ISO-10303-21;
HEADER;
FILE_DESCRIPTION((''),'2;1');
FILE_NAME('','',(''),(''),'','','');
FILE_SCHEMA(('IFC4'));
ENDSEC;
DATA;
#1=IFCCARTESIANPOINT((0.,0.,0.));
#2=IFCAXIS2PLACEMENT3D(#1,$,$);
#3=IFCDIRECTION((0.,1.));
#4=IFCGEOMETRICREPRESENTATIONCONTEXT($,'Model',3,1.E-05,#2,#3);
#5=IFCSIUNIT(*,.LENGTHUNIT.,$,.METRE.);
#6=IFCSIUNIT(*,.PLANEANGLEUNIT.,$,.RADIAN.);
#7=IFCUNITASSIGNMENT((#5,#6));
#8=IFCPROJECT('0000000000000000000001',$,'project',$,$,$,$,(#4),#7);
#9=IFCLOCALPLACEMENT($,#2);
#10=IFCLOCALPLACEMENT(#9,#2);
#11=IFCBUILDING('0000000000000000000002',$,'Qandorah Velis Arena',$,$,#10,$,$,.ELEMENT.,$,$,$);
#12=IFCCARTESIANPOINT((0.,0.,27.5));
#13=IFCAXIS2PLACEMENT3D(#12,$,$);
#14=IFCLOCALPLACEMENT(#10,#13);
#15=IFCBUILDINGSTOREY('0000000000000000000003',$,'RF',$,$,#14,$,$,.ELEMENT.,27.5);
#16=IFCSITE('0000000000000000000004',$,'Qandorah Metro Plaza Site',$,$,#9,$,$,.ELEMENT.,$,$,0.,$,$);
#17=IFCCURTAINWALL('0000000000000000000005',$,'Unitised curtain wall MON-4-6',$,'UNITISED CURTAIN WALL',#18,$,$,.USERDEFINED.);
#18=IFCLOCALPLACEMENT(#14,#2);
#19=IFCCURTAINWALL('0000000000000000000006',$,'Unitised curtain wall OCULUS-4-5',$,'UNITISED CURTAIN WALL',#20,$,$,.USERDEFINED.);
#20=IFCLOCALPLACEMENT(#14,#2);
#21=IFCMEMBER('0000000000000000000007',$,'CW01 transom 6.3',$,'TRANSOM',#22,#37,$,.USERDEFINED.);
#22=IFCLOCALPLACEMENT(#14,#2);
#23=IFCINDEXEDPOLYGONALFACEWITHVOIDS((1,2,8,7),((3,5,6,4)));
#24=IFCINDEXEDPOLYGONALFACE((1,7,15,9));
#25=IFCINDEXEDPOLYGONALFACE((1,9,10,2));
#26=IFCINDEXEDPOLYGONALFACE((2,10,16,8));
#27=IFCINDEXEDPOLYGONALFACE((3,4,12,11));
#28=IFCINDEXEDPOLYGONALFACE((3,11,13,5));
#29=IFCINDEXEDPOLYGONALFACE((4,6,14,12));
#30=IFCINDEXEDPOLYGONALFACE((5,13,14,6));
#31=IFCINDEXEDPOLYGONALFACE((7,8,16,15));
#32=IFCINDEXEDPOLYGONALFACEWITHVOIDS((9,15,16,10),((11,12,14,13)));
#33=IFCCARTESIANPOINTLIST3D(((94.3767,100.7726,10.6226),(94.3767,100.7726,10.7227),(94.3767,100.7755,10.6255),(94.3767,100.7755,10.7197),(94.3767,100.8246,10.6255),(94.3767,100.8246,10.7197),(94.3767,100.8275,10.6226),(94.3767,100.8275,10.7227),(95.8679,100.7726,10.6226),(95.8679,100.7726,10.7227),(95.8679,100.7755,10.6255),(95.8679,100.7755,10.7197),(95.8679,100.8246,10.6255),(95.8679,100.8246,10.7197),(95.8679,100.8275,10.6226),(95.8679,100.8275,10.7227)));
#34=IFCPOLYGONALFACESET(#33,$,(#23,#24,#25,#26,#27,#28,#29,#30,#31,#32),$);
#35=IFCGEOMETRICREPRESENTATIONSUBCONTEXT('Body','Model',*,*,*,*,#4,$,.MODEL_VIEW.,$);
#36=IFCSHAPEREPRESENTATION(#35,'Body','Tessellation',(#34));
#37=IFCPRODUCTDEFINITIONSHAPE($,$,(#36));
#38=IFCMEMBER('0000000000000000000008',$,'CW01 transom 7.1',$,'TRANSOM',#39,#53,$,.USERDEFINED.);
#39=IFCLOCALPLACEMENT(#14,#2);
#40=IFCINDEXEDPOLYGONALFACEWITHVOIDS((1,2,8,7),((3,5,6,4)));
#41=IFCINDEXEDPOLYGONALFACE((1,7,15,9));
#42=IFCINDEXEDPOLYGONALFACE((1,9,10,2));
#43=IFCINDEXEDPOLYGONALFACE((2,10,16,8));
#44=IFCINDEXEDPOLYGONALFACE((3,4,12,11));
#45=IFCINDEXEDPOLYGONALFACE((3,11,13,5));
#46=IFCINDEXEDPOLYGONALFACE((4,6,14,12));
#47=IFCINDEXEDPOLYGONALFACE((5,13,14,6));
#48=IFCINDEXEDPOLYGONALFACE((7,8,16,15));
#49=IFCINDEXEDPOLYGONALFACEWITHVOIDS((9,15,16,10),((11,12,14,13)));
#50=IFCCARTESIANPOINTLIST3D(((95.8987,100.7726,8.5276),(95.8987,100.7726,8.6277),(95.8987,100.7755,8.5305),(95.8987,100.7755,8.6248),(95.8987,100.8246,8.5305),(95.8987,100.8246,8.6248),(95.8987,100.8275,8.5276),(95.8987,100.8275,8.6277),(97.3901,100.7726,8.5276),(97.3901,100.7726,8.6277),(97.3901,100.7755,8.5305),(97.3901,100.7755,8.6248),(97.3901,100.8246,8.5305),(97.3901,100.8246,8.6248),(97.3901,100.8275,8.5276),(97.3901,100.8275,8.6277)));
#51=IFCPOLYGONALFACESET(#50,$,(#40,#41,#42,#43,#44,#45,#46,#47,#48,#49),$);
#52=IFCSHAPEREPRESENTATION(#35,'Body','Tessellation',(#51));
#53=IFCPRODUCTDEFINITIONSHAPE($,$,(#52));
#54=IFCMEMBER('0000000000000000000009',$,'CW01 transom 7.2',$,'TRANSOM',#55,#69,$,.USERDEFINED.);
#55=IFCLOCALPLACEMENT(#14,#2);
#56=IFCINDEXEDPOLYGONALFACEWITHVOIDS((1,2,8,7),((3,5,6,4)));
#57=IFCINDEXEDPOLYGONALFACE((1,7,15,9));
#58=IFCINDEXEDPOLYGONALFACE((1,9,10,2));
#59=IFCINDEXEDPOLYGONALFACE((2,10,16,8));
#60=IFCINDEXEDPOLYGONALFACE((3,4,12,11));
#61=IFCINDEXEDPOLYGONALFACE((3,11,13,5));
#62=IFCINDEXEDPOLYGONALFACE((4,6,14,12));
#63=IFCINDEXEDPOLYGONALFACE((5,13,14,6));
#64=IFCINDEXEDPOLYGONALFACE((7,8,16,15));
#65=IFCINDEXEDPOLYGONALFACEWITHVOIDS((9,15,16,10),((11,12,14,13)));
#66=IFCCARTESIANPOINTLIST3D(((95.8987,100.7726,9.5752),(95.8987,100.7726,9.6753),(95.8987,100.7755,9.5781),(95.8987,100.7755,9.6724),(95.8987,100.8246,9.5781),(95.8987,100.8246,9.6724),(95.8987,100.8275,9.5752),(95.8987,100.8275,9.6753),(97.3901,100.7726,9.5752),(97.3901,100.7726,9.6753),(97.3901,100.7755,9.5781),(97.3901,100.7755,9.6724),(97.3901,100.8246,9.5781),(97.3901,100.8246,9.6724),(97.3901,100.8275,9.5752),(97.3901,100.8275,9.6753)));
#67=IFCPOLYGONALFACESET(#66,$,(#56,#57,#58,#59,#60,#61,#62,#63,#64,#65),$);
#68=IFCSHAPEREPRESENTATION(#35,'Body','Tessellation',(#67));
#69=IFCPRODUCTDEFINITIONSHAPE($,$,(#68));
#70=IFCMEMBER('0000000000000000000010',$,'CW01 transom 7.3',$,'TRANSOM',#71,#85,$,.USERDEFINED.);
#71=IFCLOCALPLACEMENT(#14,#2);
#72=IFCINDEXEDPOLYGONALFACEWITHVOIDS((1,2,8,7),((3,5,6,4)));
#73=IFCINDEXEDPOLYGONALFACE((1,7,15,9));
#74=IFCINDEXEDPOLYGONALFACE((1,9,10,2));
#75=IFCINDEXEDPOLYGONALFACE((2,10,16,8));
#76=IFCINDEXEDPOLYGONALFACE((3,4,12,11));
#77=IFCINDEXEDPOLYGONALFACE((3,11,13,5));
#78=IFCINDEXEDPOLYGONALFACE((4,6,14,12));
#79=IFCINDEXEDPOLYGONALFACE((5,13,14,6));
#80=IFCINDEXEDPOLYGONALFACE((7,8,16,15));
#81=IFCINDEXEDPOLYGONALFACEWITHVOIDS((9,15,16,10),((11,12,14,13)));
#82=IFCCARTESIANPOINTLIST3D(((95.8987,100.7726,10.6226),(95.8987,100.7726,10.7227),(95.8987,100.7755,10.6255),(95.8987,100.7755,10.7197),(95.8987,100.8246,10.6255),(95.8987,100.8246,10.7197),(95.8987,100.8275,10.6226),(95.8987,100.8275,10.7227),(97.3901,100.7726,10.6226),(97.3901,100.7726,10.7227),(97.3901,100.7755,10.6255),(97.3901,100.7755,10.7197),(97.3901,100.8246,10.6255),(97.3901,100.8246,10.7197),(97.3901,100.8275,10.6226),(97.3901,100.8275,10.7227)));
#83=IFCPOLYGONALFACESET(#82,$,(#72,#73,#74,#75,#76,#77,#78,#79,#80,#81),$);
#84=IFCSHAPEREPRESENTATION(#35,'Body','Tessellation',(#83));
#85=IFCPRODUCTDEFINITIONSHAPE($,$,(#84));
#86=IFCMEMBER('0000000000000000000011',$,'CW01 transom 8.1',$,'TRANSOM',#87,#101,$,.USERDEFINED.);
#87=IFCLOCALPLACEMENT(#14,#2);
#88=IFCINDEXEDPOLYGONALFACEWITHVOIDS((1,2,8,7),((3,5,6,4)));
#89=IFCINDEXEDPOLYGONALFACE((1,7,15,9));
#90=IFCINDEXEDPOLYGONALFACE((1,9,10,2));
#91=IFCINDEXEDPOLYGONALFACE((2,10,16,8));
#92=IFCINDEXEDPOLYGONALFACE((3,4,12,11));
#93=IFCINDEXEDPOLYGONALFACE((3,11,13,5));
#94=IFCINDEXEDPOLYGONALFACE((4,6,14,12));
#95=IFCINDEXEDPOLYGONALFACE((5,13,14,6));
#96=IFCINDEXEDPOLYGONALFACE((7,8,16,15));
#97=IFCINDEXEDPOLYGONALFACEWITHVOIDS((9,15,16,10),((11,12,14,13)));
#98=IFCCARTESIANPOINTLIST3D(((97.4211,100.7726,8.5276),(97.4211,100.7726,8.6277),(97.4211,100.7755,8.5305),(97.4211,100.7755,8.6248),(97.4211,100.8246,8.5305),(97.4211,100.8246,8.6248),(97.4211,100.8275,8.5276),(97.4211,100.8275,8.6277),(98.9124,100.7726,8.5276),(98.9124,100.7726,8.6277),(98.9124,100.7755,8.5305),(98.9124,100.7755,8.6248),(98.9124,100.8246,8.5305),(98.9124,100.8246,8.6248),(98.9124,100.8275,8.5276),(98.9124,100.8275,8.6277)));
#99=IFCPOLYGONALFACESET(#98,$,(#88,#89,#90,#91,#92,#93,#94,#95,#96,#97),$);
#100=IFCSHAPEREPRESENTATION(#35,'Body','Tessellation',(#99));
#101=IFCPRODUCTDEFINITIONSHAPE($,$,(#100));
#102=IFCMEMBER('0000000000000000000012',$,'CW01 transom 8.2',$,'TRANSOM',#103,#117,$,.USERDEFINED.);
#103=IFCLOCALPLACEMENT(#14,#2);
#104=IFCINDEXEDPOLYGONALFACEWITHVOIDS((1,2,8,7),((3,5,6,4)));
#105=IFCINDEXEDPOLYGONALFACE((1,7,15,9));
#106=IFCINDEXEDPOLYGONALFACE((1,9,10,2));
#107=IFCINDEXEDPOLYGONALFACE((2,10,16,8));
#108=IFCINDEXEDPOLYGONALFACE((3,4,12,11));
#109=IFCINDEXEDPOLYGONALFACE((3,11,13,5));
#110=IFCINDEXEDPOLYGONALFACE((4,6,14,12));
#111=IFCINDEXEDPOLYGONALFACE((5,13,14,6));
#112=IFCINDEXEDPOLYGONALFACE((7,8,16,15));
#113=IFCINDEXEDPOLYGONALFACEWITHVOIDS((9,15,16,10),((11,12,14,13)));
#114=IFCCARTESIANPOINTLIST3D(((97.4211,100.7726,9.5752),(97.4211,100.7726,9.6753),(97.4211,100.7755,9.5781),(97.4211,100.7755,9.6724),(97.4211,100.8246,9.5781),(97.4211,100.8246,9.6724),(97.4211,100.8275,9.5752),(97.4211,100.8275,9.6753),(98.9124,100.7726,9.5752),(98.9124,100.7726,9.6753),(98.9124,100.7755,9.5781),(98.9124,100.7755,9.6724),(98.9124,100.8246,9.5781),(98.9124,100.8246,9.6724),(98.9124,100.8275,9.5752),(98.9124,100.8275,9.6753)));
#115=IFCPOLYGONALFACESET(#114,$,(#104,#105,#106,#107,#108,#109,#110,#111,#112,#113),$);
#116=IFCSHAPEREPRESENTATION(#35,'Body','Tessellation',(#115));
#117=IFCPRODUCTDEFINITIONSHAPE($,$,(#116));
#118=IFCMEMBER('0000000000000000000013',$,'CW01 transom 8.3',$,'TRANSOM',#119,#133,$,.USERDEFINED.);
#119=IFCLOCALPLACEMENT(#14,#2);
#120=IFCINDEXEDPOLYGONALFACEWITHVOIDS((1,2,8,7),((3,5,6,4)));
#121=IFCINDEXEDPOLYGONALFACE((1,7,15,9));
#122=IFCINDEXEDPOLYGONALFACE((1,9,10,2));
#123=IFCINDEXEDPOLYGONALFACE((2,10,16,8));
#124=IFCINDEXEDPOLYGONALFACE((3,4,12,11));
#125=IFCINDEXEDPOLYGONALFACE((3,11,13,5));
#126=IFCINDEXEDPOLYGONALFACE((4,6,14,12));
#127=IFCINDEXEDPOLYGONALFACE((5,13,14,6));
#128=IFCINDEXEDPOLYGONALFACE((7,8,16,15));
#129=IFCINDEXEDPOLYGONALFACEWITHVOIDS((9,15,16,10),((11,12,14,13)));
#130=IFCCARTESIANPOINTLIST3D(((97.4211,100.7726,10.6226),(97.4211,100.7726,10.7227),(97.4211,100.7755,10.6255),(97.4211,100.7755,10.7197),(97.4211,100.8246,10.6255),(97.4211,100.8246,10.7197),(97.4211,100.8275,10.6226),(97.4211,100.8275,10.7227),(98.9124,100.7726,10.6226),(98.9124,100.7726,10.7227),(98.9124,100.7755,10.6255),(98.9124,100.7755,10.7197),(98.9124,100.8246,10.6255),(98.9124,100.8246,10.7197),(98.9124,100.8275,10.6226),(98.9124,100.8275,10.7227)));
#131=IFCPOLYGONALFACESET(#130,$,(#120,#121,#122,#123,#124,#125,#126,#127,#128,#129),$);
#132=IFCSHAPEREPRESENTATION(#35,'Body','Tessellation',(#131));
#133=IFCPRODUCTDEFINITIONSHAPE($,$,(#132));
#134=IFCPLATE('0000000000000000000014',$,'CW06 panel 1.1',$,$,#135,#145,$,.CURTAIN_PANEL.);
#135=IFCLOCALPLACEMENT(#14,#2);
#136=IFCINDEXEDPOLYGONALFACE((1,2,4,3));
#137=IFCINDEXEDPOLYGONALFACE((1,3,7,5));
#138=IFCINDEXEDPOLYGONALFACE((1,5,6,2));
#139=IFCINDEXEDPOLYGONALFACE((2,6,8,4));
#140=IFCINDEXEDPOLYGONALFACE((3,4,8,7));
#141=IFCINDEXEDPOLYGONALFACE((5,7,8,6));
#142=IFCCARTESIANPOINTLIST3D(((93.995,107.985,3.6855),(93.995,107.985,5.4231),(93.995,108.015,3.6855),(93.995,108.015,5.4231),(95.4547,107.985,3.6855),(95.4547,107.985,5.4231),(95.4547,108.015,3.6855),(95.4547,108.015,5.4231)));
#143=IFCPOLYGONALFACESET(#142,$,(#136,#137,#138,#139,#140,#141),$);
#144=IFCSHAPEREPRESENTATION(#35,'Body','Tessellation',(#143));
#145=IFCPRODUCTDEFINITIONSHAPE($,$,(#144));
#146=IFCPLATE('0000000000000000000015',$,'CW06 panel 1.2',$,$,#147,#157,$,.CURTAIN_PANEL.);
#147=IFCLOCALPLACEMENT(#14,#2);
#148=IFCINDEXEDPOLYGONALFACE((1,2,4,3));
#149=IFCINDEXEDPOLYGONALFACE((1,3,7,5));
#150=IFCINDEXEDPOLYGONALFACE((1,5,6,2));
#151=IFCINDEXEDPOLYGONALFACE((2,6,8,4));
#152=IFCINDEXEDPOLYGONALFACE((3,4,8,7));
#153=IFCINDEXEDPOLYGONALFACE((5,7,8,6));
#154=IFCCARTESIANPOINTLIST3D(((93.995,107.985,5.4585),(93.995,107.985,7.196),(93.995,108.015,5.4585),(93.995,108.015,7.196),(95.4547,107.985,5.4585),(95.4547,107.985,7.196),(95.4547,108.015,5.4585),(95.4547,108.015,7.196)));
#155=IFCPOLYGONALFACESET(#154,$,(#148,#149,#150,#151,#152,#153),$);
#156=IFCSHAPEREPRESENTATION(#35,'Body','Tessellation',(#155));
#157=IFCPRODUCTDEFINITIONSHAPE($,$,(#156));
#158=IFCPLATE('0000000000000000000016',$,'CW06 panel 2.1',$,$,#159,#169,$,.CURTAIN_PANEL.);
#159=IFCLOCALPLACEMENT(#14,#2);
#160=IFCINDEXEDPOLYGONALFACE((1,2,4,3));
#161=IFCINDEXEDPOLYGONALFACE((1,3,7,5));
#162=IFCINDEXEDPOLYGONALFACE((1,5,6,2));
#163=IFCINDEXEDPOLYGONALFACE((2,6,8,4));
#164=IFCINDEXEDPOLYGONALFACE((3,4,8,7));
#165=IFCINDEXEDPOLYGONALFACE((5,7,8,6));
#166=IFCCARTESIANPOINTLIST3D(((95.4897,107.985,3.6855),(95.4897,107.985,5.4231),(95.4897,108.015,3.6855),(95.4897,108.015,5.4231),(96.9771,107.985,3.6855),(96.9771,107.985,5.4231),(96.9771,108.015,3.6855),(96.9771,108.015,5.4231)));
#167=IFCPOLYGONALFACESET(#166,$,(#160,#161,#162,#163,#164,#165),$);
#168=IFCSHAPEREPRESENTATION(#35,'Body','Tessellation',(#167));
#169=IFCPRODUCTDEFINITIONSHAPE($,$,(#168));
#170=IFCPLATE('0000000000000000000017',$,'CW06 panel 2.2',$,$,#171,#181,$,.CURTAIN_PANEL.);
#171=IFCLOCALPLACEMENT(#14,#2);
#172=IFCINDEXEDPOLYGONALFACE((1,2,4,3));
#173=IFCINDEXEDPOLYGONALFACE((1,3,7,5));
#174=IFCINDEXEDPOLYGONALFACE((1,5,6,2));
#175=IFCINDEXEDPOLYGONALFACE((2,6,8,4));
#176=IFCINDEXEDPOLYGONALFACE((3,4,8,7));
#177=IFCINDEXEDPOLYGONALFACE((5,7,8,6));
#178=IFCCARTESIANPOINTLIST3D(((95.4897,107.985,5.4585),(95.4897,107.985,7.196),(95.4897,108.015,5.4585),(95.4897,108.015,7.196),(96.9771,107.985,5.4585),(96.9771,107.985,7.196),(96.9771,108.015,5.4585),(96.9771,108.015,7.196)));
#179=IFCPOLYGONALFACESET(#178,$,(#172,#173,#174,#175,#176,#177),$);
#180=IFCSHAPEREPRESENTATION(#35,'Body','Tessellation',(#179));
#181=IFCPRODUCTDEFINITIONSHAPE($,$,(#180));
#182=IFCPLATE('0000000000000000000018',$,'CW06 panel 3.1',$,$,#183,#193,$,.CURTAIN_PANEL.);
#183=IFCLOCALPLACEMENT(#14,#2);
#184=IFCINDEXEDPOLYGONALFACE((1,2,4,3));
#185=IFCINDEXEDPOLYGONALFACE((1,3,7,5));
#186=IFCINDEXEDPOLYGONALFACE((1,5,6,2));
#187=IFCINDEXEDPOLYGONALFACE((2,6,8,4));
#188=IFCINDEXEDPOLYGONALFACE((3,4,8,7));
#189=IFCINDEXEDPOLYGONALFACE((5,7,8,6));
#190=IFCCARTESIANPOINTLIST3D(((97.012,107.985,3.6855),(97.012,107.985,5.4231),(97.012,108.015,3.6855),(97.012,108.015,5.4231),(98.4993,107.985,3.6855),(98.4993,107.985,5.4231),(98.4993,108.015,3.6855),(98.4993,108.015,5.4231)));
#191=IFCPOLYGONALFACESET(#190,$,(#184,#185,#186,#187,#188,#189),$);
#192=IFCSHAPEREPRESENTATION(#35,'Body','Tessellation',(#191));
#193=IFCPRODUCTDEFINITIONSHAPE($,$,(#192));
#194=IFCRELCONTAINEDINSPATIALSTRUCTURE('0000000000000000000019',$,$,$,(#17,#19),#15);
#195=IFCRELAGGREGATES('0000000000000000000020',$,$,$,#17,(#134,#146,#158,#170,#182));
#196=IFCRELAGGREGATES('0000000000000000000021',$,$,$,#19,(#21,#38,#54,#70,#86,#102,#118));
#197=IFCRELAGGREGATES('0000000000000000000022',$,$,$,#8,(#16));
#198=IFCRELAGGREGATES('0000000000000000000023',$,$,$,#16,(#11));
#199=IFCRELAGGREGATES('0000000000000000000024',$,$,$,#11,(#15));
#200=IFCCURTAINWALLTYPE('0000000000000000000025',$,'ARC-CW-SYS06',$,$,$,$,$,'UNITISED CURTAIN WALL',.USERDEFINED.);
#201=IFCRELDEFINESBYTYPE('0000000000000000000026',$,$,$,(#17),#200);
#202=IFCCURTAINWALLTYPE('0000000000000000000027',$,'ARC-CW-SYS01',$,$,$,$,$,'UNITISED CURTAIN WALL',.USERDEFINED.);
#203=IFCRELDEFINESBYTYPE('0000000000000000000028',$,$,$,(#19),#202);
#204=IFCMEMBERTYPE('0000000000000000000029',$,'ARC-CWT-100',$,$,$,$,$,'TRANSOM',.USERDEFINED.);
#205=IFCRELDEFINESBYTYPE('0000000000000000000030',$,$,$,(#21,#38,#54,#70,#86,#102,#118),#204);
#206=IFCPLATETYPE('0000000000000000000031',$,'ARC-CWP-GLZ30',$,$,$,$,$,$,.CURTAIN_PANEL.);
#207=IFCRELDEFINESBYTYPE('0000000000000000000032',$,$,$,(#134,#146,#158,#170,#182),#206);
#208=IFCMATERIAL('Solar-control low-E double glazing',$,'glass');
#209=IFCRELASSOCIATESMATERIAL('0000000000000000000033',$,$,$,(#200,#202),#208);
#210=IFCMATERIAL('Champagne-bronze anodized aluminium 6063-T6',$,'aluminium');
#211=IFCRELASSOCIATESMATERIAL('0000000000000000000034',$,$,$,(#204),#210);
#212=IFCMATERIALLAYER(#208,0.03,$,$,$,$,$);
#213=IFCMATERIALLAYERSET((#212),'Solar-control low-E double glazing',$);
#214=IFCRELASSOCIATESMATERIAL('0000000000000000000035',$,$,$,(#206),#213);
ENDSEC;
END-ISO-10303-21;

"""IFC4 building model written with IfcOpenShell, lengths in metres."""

from ifc_helpers import new_model, si_unit, direction, frame, origin, origin_2d, place, context, subcontext, project, spatial, rectangle, hollow_rectangle, extrude, material, layer, layer_set, material_profile, profile_set, type_object, element, aggregate, save


model = new_model("IFC4")

# Units and contexts
model_context = context("Model", 3, precision=1e-05, world=origin(), true_north=direction((0.0, 1.0)))
body_context = subcontext(model_context, "Body", "Model", "MODEL_VIEW")
ifc_project = project(units=[si_unit("LENGTHUNIT", "METRE"), si_unit("PLANEANGLEUNIT", "RADIAN")], contexts=[model_context])

# Site, building, storey
site_placement = place(None, origin())
site = spatial("IfcSite", under=ifc_project, at=site_placement, Name="Qandorah Metro Plaza Site", CompositionType="ELEMENT", RefElevation=0.0)
building_placement = place(site_placement, origin())
building = spatial("IfcBuilding", under=site, at=building_placement, Name="Qandorah Velis Arena", CompositionType="ELEMENT")
storey_placement = place(building_placement, frame((0.0, 0.0, 27.5)))
storey = spatial("IfcBuildingStorey", under=building, at=storey_placement, Name="RF", CompositionType="ELEMENT", Elevation=27.5)

# Shared definitions
ifc_material_1 = material(Name="Solar-control low-E double glazing", Category="glass")
ifc_material_2 = material(Name="Champagne-bronze anodized aluminium 6063-T6", Category="aluminium")

# Curtain walls
curtain_wall_type_1 = type_object("IfcCurtainWallType", Name="ARC-CW-SYS06", ElementType="UNITISED CURTAIN WALL", PredefinedType="USERDEFINED", material=ifc_material_1)
curtain_wall_1_placement = place(storey_placement, origin())
curtain_wall_1 = element("IfcCurtainWall", 1, at=curtain_wall_1_placement, inside=storey, type_object=curtain_wall_type_1, Name="Unitised curtain wall MON-4-6", ObjectType="UNITISED CURTAIN WALL", PredefinedType="USERDEFINED")
curtain_wall_type_2 = type_object("IfcCurtainWallType", Name="ARC-CW-SYS01", ElementType="UNITISED CURTAIN WALL", PredefinedType="USERDEFINED", material=ifc_material_1)
curtain_wall_2_placement = place(storey_placement, origin())
curtain_wall_2 = element("IfcCurtainWall", 2, at=curtain_wall_2_placement, inside=storey, type_object=curtain_wall_type_2, Name="Unitised curtain wall OCULUS-4-5", ObjectType="UNITISED CURTAIN WALL", PredefinedType="USERDEFINED")

# Members
ifc_material_profile_1 = material_profile(ifc_material_2, hollow_rectangle(XDim=0.0549, YDim=0.1001, WallThickness=0.0029, at=origin_2d()), Name="ALU TRANSOM 55x100")
ifc_profile_set_1 = profile_set([ifc_material_profile_1], Name="Champagne-bronze anodized aluminium 6063-T6")
member_type_1 = type_object("IfcMemberType", Name="ARC-CWT-100", ElementType="TRANSOM", PredefinedType="USERDEFINED", material=ifc_profile_set_1)
member_1_placement = place(storey_placement, frame((94.3767, 100.8, 10.6726), z_axis=(1.0, 0.0, 0.0), x_axis=(0.0, 1.0, 0.0)))
member_1 = element("IfcMember", 3, at=member_1_placement, type_object=member_type_1, Name="CW01 transom 6.3", ObjectType="TRANSOM", PredefinedType="USERDEFINED", context=body_context, shape_type="SweptSolid", body=[
    extrude(hollow_rectangle(XDim=0.0549, YDim=0.1001, WallThickness=0.0029, at=origin_2d()), origin(), (0.0, 0.0, 1.0), 1.4912),
])
member_2_placement = place(storey_placement, frame((95.8987, 100.8, 8.5776), z_axis=(1.0, 0.0, 0.0), x_axis=(0.0, 1.0, 0.0)))
member_2 = element("IfcMember", 4, at=member_2_placement, type_object=member_type_1, Name="CW01 transom 7.1", ObjectType="TRANSOM", PredefinedType="USERDEFINED", context=body_context, shape_type="SweptSolid", body=[
    extrude(hollow_rectangle(XDim=0.0549, YDim=0.1001, WallThickness=0.0029, at=origin_2d()), origin(), (0.0, 0.0, 1.0), 1.4915),
])
member_3_placement = place(storey_placement, frame((95.8987, 100.8, 9.6252), z_axis=(1.0, 0.0, 0.0), x_axis=(0.0, 1.0, 0.0)))
member_3 = element("IfcMember", 5, at=member_3_placement, type_object=member_type_1, Name="CW01 transom 7.2", ObjectType="TRANSOM", PredefinedType="USERDEFINED", context=body_context, shape_type="SweptSolid", body=[
    extrude(hollow_rectangle(XDim=0.0549, YDim=0.1001, WallThickness=0.0029, at=origin_2d()), origin(), (0.0, 0.0, 1.0), 1.4915),
])
member_4_placement = place(storey_placement, frame((95.8987, 100.8, 10.6726), z_axis=(1.0, 0.0, 0.0), x_axis=(0.0, 1.0, 0.0)))
member_4 = element("IfcMember", 6, at=member_4_placement, type_object=member_type_1, Name="CW01 transom 7.3", ObjectType="TRANSOM", PredefinedType="USERDEFINED", context=body_context, shape_type="SweptSolid", body=[
    extrude(hollow_rectangle(XDim=0.0549, YDim=0.1001, WallThickness=0.0029, at=origin_2d()), origin(), (0.0, 0.0, 1.0), 1.4915),
])
member_5_placement = place(storey_placement, frame((97.4211, 100.8, 8.5776), z_axis=(1.0, 0.0, 0.0), x_axis=(0.0, 1.0, 0.0)))
member_5 = element("IfcMember", 7, at=member_5_placement, type_object=member_type_1, Name="CW01 transom 8.1", ObjectType="TRANSOM", PredefinedType="USERDEFINED", context=body_context, shape_type="SweptSolid", body=[
    extrude(hollow_rectangle(XDim=0.0549, YDim=0.1001, WallThickness=0.0029, at=origin_2d()), origin(), (0.0, 0.0, 1.0), 1.4912),
])
member_6_placement = place(storey_placement, frame((97.4211, 100.8, 9.6252), z_axis=(1.0, 0.0, 0.0), x_axis=(0.0, 1.0, 0.0)))
member_6 = element("IfcMember", 8, at=member_6_placement, type_object=member_type_1, Name="CW01 transom 8.2", ObjectType="TRANSOM", PredefinedType="USERDEFINED", context=body_context, shape_type="SweptSolid", body=[
    extrude(hollow_rectangle(XDim=0.0549, YDim=0.1001, WallThickness=0.0029, at=origin_2d()), origin(), (0.0, 0.0, 1.0), 1.4912),
])
member_7_placement = place(storey_placement, frame((97.4211, 100.8, 10.6726), z_axis=(1.0, 0.0, 0.0), x_axis=(0.0, 1.0, 0.0)))
member_7 = element("IfcMember", 9, at=member_7_placement, type_object=member_type_1, Name="CW01 transom 8.3", ObjectType="TRANSOM", PredefinedType="USERDEFINED", context=body_context, shape_type="SweptSolid", body=[
    extrude(hollow_rectangle(XDim=0.0549, YDim=0.1001, WallThickness=0.0029, at=origin_2d()), origin(), (0.0, 0.0, 1.0), 1.4912),
])

# Plates
ifc_layer = layer(ifc_material_1, 0.03)
ifc_layer_set = layer_set([ifc_layer], Name="Solar-control low-E double glazing")
plate_type = type_object("IfcPlateType", Name="ARC-CWP-GLZ30", PredefinedType="CURTAIN_PANEL", material=ifc_layer_set)
plate_1_placement = place(storey_placement, frame((94.7249, 108.0, 3.6855), z_axis=(0.0, 0.0, 1.0), x_axis=(1.0, 0.0, 0.0)))
plate_1 = element("IfcPlate", 10, at=plate_1_placement, type_object=plate_type, Name="CW06 panel 1.1", PredefinedType="CURTAIN_PANEL", context=body_context, shape_type="SweptSolid", body=[
    extrude(rectangle(XDim=1.4597, YDim=0.03, at=origin_2d()), origin(), (0.0, 0.0, 1.0), 1.7375),
])
plate_2_placement = place(storey_placement, frame((94.7249, 108.0, 5.4585), z_axis=(0.0, 0.0, 1.0), x_axis=(1.0, 0.0, 0.0)))
plate_2 = element("IfcPlate", 11, at=plate_2_placement, type_object=plate_type, Name="CW06 panel 1.2", PredefinedType="CURTAIN_PANEL", context=body_context, shape_type="SweptSolid", body=[
    extrude(rectangle(XDim=1.4597, YDim=0.03, at=origin_2d()), origin(), (0.0, 0.0, 1.0), 1.7375),
])
plate_3_placement = place(storey_placement, frame((96.2334, 108.0, 3.6855), z_axis=(0.0, 0.0, 1.0), x_axis=(1.0, 0.0, 0.0)))
plate_3 = element("IfcPlate", 12, at=plate_3_placement, type_object=plate_type, Name="CW06 panel 2.1", PredefinedType="CURTAIN_PANEL", context=body_context, shape_type="SweptSolid", body=[
    extrude(rectangle(XDim=1.4873, YDim=0.03, at=origin_2d()), origin(), (0.0, 0.0, 1.0), 1.7375),
])
plate_4_placement = place(storey_placement, frame((96.2334, 108.0, 5.4585), z_axis=(0.0, 0.0, 1.0), x_axis=(1.0, 0.0, 0.0)))
plate_4 = element("IfcPlate", 13, at=plate_4_placement, type_object=plate_type, Name="CW06 panel 2.2", PredefinedType="CURTAIN_PANEL", context=body_context, shape_type="SweptSolid", body=[
    extrude(rectangle(XDim=1.4873, YDim=0.03, at=origin_2d()), origin(), (0.0, 0.0, 1.0), 1.7375),
])
plate_5_placement = place(storey_placement, frame((97.7556, 108.0, 3.6855), z_axis=(0.0, 0.0, 1.0), x_axis=(1.0, 0.0, 0.0)))
plate_5 = element("IfcPlate", 14, at=plate_5_placement, type_object=plate_type, Name="CW06 panel 3.1", PredefinedType="CURTAIN_PANEL", context=body_context, shape_type="SweptSolid", body=[
    extrude(rectangle(XDim=1.4873, YDim=0.03, at=origin_2d()), origin(), (0.0, 0.0, 1.0), 1.7375),
])
aggregate(curtain_wall_1, [plate_1, plate_2, plate_3, plate_4, plate_5])
aggregate(curtain_wall_2, [member_1, member_2, member_3, member_4, member_5, member_6, member_7])

save(model, "model.ifc")
